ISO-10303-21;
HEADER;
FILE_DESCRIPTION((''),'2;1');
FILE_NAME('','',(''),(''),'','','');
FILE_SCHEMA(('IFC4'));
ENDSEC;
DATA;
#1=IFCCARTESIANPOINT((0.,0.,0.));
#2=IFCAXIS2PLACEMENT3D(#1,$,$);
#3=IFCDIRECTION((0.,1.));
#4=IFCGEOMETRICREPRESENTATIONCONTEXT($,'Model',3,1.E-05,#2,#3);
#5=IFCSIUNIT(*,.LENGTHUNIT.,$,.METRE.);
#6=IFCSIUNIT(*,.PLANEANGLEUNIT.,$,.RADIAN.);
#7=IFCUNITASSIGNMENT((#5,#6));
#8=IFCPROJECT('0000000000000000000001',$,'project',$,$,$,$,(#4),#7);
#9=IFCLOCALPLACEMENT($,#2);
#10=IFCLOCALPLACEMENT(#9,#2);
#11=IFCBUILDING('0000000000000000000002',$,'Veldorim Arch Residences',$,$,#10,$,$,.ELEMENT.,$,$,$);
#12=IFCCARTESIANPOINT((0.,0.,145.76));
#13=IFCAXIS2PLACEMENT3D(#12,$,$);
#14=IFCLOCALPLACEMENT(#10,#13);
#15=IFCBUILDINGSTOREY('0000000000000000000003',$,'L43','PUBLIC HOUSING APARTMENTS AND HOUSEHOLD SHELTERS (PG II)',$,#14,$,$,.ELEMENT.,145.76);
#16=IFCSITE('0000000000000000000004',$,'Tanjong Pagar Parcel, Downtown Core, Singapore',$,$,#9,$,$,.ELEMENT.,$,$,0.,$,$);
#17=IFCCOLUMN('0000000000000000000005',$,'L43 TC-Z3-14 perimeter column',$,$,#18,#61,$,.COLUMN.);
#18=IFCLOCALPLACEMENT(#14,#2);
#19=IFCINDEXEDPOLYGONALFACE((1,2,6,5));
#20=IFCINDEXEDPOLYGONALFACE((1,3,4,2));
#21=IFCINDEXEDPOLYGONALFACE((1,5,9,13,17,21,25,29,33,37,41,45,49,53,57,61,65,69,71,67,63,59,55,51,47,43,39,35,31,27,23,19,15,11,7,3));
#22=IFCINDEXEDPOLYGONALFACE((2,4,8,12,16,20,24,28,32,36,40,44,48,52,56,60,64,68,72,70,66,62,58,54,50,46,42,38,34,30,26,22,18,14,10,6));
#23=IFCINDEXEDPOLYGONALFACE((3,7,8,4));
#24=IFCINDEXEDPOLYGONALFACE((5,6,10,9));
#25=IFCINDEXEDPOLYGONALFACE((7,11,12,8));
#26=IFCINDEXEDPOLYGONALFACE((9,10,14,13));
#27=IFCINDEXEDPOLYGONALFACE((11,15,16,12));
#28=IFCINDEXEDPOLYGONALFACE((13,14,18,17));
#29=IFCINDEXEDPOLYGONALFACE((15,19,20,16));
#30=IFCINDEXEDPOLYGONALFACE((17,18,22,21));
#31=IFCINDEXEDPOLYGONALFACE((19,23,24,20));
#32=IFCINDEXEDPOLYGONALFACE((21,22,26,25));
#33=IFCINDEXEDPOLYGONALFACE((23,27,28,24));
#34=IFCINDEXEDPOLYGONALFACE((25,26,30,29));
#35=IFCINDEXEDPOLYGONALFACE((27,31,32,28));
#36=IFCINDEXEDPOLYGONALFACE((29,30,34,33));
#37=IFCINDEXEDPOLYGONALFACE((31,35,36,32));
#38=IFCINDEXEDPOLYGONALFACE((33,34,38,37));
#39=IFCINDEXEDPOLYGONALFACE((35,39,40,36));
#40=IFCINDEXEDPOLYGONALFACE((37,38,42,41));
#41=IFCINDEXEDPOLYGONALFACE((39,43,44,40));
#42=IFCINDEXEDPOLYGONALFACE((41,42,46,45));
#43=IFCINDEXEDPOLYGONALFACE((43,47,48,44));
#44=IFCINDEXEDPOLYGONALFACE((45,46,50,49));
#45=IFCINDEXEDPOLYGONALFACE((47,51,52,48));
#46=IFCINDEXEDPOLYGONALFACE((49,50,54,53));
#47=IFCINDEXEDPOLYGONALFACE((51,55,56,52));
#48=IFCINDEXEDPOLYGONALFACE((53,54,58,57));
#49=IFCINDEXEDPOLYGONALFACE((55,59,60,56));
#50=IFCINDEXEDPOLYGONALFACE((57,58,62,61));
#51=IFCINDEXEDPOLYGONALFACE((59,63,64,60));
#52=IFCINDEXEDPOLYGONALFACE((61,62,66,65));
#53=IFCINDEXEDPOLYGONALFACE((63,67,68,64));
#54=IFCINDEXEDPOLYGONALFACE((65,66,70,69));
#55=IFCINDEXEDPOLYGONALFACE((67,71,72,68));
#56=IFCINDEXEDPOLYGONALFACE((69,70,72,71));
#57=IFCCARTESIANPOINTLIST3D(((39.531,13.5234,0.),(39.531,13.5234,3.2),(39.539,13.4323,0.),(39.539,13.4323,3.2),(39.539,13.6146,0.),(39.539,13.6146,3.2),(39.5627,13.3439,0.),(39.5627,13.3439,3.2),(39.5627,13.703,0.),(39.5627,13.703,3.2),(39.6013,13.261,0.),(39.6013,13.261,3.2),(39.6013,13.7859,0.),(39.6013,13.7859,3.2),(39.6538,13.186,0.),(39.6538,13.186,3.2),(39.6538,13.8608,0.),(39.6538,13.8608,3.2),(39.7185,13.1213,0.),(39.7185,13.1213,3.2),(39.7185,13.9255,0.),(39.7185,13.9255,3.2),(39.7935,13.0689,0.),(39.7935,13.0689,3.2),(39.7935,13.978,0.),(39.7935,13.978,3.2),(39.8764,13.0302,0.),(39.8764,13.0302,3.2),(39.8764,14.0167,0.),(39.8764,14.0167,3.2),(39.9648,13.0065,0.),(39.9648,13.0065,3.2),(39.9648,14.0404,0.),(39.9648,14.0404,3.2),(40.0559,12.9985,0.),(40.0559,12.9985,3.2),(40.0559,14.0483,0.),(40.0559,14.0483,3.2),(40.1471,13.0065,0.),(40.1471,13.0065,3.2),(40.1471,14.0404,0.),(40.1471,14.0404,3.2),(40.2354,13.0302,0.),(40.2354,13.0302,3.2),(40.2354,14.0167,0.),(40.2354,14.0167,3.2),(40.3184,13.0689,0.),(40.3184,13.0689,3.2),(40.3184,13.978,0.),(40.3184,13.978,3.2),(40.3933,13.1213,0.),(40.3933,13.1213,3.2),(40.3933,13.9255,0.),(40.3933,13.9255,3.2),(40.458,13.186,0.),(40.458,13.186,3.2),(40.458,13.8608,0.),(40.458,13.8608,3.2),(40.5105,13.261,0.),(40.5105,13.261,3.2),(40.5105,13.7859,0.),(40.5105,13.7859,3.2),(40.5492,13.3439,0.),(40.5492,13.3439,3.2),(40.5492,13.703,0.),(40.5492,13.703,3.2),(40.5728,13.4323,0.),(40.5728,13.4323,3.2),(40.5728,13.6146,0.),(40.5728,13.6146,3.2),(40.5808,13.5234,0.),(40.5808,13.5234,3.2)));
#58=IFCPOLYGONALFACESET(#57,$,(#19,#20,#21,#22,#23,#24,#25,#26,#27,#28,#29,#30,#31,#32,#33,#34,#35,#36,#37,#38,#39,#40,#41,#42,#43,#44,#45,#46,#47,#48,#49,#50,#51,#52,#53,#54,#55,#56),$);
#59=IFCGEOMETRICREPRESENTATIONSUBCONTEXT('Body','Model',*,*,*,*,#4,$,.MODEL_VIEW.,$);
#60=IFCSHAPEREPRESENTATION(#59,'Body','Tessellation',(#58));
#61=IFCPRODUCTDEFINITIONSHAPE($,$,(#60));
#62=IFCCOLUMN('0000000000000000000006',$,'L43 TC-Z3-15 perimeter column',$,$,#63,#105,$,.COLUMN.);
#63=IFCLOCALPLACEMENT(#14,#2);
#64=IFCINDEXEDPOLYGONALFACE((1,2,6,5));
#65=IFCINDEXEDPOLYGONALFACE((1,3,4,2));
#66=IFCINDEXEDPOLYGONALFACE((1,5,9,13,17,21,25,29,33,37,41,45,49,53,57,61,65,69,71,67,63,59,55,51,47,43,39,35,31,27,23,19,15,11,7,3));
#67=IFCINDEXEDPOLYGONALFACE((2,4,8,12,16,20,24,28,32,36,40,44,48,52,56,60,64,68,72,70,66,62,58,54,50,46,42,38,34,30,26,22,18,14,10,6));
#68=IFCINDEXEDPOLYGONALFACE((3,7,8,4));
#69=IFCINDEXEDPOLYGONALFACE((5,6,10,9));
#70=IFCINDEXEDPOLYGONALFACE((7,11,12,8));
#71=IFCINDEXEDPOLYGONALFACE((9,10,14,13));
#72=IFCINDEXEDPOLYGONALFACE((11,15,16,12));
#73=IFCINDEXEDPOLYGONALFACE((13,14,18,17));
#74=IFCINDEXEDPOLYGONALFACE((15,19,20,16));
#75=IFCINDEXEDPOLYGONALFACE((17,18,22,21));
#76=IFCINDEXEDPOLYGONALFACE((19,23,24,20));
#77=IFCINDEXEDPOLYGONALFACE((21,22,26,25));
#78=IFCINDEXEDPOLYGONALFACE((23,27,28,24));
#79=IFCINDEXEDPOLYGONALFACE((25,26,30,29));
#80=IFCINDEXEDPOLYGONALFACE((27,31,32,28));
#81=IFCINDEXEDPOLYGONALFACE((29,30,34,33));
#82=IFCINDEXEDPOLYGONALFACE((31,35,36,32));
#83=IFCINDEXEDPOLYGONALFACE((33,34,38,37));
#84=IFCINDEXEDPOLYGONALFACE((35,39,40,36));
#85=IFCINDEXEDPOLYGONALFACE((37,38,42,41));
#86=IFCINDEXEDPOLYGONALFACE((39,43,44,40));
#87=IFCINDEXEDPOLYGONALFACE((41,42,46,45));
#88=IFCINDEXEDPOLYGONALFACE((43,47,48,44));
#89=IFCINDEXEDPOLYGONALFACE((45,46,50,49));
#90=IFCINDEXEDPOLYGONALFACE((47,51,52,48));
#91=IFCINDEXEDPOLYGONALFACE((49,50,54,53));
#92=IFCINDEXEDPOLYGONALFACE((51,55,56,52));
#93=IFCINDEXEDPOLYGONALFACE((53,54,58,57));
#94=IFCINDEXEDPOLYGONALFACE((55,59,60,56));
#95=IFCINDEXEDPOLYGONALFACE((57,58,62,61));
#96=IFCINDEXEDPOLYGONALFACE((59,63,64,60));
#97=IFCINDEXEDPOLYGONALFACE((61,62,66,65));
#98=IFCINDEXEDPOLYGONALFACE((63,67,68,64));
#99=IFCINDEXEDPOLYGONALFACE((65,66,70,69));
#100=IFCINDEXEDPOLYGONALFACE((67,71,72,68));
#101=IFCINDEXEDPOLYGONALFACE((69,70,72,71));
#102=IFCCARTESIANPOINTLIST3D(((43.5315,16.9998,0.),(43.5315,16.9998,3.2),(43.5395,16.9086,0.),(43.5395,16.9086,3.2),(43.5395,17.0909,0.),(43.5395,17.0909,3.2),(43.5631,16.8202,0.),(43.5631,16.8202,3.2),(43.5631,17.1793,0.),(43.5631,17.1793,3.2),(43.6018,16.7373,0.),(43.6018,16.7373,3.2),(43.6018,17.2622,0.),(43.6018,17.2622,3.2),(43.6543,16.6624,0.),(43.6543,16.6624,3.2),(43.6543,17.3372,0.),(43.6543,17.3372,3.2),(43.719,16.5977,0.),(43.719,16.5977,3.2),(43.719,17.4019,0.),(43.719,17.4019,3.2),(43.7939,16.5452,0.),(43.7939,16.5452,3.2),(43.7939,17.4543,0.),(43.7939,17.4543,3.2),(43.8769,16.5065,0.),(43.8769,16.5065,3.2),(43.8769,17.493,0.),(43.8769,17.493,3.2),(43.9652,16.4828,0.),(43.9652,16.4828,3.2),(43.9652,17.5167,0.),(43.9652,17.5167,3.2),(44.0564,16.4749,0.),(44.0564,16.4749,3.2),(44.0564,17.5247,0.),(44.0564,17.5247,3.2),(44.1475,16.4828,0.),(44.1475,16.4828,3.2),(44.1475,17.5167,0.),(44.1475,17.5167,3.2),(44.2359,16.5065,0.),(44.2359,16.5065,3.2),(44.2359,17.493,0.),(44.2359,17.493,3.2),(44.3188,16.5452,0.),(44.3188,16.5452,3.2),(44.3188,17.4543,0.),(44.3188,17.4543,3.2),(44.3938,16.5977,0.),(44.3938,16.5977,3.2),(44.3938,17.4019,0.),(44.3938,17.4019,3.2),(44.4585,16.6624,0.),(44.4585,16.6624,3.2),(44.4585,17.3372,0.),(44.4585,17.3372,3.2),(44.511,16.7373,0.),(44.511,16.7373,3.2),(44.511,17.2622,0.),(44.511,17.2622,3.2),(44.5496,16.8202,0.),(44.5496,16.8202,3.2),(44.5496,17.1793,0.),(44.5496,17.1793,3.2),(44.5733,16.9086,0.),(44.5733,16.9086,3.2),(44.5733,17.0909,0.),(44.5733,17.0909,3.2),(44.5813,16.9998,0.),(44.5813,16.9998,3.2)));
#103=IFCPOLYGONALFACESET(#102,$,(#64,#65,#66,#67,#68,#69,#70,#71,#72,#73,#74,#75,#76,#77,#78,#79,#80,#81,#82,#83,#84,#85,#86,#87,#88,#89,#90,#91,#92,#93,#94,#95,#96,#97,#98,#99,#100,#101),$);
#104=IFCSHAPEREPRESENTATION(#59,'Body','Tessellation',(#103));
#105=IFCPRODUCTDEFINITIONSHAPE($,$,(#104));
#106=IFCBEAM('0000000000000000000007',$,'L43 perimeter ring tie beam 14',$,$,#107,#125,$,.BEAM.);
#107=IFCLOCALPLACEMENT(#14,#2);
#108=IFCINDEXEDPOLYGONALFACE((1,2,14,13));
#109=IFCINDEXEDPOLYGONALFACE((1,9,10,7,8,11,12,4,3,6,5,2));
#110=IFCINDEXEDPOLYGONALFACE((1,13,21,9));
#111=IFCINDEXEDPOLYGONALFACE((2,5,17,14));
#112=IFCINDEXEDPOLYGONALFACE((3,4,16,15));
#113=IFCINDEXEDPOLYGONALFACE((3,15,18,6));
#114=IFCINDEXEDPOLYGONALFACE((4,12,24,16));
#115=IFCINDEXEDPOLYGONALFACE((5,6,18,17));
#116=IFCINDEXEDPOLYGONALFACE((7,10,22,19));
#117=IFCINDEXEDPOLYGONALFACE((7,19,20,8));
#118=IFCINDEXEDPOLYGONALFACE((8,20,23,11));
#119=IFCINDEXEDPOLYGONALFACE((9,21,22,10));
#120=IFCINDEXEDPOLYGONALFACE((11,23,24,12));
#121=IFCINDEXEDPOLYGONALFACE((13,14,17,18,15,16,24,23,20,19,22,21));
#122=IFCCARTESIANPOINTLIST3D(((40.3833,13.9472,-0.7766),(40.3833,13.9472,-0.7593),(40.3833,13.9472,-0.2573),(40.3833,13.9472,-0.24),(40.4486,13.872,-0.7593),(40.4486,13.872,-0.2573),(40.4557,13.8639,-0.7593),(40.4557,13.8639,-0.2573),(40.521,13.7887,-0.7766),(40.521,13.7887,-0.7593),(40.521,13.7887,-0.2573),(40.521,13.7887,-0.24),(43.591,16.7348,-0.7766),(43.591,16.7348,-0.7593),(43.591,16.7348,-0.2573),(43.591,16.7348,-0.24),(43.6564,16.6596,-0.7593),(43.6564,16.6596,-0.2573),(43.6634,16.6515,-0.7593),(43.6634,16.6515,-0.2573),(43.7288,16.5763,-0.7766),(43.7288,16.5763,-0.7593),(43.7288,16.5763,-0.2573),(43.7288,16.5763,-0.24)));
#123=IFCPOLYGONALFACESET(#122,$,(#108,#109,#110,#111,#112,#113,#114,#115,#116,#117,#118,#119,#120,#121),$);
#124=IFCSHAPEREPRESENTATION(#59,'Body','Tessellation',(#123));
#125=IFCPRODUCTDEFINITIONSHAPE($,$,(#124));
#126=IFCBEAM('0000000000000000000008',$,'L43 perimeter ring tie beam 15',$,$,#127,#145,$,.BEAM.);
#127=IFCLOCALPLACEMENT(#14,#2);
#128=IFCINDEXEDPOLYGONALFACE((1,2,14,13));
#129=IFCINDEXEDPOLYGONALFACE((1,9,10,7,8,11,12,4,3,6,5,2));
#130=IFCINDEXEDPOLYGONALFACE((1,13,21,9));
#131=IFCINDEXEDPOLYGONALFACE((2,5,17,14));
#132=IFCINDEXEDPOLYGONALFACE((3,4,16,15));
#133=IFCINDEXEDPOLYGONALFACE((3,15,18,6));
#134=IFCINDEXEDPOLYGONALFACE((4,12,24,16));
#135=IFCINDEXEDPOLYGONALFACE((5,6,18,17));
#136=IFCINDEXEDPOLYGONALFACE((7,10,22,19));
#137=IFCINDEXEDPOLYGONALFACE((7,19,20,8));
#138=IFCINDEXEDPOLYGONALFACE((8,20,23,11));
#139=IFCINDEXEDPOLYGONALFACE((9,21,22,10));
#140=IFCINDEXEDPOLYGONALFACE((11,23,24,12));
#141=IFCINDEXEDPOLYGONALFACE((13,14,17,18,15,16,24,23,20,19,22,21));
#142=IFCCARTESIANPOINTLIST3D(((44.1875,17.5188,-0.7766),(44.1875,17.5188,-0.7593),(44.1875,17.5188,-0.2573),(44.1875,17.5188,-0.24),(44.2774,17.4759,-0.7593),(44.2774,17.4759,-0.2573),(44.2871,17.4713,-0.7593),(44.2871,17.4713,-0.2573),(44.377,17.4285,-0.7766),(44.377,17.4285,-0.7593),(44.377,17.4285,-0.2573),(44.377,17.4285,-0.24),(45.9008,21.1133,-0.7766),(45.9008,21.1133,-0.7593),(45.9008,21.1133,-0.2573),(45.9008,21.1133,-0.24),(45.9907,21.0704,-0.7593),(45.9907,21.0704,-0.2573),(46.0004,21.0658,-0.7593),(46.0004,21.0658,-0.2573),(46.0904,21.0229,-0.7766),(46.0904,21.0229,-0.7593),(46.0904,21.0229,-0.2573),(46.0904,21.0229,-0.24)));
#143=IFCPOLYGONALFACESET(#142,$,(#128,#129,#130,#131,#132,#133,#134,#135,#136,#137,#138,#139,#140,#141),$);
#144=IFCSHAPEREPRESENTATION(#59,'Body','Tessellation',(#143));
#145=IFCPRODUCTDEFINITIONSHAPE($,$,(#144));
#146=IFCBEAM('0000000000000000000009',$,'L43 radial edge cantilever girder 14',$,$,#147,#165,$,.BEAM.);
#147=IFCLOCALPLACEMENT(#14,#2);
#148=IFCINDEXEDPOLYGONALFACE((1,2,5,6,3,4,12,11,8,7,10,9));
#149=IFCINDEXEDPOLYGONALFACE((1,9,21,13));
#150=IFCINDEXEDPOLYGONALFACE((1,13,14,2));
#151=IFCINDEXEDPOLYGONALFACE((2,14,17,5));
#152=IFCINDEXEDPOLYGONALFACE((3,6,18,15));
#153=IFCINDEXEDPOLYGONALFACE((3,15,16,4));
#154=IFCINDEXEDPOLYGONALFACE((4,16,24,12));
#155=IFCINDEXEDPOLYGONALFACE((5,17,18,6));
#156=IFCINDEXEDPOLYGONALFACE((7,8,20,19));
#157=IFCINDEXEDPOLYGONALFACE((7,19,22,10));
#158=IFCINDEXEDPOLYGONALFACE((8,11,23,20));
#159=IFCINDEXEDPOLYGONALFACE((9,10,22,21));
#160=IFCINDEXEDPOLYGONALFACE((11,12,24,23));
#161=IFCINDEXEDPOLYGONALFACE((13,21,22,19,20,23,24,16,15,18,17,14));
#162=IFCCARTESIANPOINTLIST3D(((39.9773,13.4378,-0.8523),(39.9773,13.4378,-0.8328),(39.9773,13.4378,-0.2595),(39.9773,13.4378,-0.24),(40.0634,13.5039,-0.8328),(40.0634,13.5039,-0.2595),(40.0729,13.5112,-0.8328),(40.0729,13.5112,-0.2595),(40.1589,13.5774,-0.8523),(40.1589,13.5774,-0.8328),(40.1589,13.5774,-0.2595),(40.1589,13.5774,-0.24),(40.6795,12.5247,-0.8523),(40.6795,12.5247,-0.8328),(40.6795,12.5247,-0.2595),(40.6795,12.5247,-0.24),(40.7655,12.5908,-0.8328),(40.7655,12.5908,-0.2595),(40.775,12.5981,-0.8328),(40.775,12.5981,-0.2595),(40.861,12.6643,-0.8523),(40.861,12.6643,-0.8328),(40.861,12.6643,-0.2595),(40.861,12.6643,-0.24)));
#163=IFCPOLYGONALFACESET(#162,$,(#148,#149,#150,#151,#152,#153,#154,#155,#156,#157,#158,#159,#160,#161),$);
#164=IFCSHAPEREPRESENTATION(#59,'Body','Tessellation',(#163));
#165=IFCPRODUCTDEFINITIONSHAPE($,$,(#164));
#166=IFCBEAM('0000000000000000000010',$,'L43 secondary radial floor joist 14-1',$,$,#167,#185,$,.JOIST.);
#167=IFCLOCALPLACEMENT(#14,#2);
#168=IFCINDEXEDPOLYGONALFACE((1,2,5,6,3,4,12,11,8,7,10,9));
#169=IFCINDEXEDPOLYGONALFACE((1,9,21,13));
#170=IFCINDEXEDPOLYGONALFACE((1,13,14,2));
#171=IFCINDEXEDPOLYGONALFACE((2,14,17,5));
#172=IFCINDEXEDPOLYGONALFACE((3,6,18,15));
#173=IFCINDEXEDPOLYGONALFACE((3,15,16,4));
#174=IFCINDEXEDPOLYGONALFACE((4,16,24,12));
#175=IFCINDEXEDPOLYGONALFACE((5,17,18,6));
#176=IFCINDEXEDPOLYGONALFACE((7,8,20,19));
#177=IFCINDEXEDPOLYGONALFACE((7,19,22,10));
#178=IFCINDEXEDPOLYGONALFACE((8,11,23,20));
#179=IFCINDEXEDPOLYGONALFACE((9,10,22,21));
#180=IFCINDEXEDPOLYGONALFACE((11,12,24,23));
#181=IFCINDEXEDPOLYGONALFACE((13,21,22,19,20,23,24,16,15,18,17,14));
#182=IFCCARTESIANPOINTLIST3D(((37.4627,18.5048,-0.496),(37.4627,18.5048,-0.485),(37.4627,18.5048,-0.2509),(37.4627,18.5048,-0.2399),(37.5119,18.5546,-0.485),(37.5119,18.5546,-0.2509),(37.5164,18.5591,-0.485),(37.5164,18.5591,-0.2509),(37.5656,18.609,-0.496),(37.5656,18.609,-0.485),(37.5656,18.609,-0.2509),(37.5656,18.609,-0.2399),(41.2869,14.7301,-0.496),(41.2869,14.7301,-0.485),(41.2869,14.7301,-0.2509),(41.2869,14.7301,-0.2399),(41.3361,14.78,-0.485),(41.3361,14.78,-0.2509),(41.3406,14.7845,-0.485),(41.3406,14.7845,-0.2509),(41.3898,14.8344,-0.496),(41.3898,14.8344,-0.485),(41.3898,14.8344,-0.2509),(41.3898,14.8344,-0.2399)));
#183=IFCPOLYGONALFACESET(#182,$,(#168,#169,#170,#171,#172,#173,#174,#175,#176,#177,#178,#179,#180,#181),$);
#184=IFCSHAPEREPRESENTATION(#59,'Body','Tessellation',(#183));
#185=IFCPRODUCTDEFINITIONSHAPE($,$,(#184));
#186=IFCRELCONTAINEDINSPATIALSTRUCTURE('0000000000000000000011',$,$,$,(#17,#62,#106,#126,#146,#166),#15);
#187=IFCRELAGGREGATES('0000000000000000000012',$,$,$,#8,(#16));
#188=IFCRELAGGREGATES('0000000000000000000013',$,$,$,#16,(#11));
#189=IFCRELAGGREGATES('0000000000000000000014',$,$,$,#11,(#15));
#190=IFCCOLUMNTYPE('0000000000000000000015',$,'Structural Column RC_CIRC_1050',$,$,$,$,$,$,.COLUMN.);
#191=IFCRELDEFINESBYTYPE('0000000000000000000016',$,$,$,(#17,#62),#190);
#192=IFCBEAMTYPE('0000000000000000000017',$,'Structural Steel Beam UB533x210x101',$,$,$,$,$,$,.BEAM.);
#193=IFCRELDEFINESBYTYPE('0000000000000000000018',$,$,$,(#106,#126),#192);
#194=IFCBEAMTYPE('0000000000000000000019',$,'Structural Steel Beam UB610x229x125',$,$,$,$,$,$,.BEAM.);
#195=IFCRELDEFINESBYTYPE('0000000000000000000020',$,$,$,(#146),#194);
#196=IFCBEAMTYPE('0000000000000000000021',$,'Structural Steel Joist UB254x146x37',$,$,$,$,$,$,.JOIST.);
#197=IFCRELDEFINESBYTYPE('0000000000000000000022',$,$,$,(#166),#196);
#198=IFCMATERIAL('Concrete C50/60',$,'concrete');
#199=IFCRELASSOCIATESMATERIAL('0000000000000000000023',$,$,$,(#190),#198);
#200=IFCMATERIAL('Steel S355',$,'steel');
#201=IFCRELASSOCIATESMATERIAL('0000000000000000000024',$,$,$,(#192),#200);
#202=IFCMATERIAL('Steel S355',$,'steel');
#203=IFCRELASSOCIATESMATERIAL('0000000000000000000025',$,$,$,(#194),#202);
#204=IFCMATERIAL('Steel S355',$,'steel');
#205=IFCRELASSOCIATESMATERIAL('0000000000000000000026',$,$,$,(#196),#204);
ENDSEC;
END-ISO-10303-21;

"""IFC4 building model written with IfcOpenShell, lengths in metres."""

from ifc_helpers import new_model, si_unit, direction, frame, origin, origin_2d, place, context, subcontext, project, spatial, circle, i_section, extrude, material, material_profile, profile_set, type_object, element, save


model = new_model("IFC4")

# Units and contexts
model_context = context("Model", 3, precision=1e-05, world=origin(), true_north=direction((0.0, 1.0)))
body_context = subcontext(model_context, "Body", "Model", "MODEL_VIEW")
ifc_project = project(units=[si_unit("LENGTHUNIT", "METRE"), si_unit("PLANEANGLEUNIT", "RADIAN")], contexts=[model_context])

# Site, building, storey
site_placement = place(None, origin())
site = spatial("IfcSite", under=ifc_project, at=site_placement, Name="Tanjong Pagar Parcel, Downtown Core, Singapore", CompositionType="ELEMENT", RefElevation=0.0)
building_placement = place(site_placement, origin())
building = spatial("IfcBuilding", under=site, at=building_placement, Name="Veldorim Arch Residences", CompositionType="ELEMENT")
storey_placement = place(building_placement, frame((0.0, 0.0, 145.76)))
storey = spatial("IfcBuildingStorey", under=building, at=storey_placement, Name="L43", Description="PUBLIC HOUSING APARTMENTS AND HOUSEHOLD SHELTERS (PG II)", CompositionType="ELEMENT", Elevation=145.76)

# Columns
ifc_material_1 = material(Name="Concrete C50/60", Category="concrete")
ifc_material_profile_1 = material_profile(ifc_material_1, circle(Radius=0.5249, at=origin_2d()), Name="RC_CIRC_1050")
ifc_profile_set_1 = profile_set([ifc_material_profile_1], Name="Concrete C50/60")
column_type = type_object("IfcColumnType", Name="Structural Column RC_CIRC_1050", PredefinedType="COLUMN", material=ifc_profile_set_1)
for number, where, z_axis, x_axis, name in (
    (1, (40.0559, 13.5234, 0.0), (0.0, 0.0, 1.0), (1.0, 0.0, 0.0), "L43 TC-Z3-14 perimeter column"),
    (2, (44.0564, 16.9998, 0.0), (0.0, 0.0, 1.0), (1.0, 0.0, 0.0), "L43 TC-Z3-15 perimeter column"),
):
    element("IfcColumn", number, at=place(storey_placement, frame(where, z_axis=z_axis, x_axis=x_axis)), inside=storey, type_object=column_type, Name=name, PredefinedType="COLUMN", context=body_context, shape_type="SweptSolid", body=[
        extrude(circle(Radius=0.5249, at=origin_2d()), origin(), (0.0, 0.0, 1.0), 3.2),
    ])

# Beams
ifc_material_2 = material(Name="Steel S355", Category="steel")
ifc_material_profile_2 = material_profile(ifc_material_2, i_section(OverallWidth=0.21, OverallDepth=0.5366, WebThickness=0.0107, FlangeThickness=0.0173, at=origin_2d()), Name="UB533x210x101")
ifc_profile_set_2 = profile_set([ifc_material_profile_2], Name="Steel S355")
beam_type_1 = type_object("IfcBeamType", Name="Structural Steel Beam UB533x210x101", PredefinedType="BEAM", material=ifc_profile_set_2)
beam_1_placement = place(storey_placement, frame((40.4521, 13.8679, -0.5083), z_axis=(0.754811, 0.655943, 0.0), x_axis=(-0.655943, 0.754811, 0.0)))
element("IfcBeam", 3, at=beam_1_placement, inside=storey, type_object=beam_type_1, Name="L43 perimeter ring tie beam 14", PredefinedType="BEAM", context=body_context, shape_type="SweptSolid", body=[
    extrude(i_section(OverallWidth=0.21, OverallDepth=0.5366, WebThickness=0.0107, FlangeThickness=0.0173, at=origin_2d()), origin(), (0.0, 0.0, 1.0), 4.2498),
])
beam_2_placement = place(storey_placement, frame((44.2822, 17.4736, -0.5083), z_axis=(0.430286, 0.902693, 0.0), x_axis=(-0.902693, 0.430286, 0.0)))
element("IfcBeam", 4, at=beam_2_placement, inside=storey, type_object=beam_type_1, Name="L43 perimeter ring tie beam 15", PredefinedType="BEAM", context=body_context, shape_type="SweptSolid", body=[
    extrude(i_section(OverallWidth=0.21, OverallDepth=0.5366, WebThickness=0.0107, FlangeThickness=0.0173, at=origin_2d()), origin(), (0.0, 0.0, 1.0), 3.9819),
])
ifc_material_3 = material(Name="Steel S355", Category="steel")
ifc_material_profile_3 = material_profile(ifc_material_3, i_section(OverallWidth=0.229, OverallDepth=0.6123, WebThickness=0.012, FlangeThickness=0.0195, at=origin_2d()), Name="UB610x229x125")
ifc_profile_set_3 = profile_set([ifc_material_profile_3], Name="Steel S355")
beam_type_2 = type_object("IfcBeamType", Name="Structural Steel Beam UB610x229x125", PredefinedType="BEAM", material=ifc_profile_set_3)
beam_3_placement = place(storey_placement, frame((40.0681, 13.5076, -0.5461), z_axis=(0.609588, -0.792719, 0.0), x_axis=(0.792719, 0.609588, 0.0)))
element("IfcBeam", 5, at=beam_3_placement, inside=storey, type_object=beam_type_2, Name="L43 radial edge cantilever girder 14", PredefinedType="BEAM", context=body_context, shape_type="SweptSolid", body=[
    extrude(i_section(OverallWidth=0.229, OverallDepth=0.6123, WebThickness=0.012, FlangeThickness=0.0195, at=origin_2d()), origin(), (0.0, 0.0, 1.0), 1.1519),
])
ifc_material_4 = material(Name="Steel S355", Category="steel")
ifc_material_profile_4 = material_profile(ifc_material_4, i_section(OverallWidth=0.1465, OverallDepth=0.2561, WebThickness=0.0063, FlangeThickness=0.011, at=origin_2d()), Name="UB254x146x37")
ifc_profile_set_4 = profile_set([ifc_material_profile_4], Name="Steel S355")
beam_type_3 = type_object("IfcBeamType", Name="Structural Steel Joist UB254x146x37", PredefinedType="JOIST", material=ifc_profile_set_4)
beam_4_placement = place(storey_placement, frame((37.5142, 18.5569, -0.3679), z_axis=(0.711703, -0.70248, 0.0), x_axis=(0.70248, 0.711703, 0.0)))
element("IfcBeam", 6, at=beam_4_placement, inside=storey, type_object=beam_type_3, Name="L43 secondary radial floor joist 14-1", PredefinedType="JOIST", context=body_context, shape_type="SweptSolid", body=[
    extrude(i_section(OverallWidth=0.1465, OverallDepth=0.2561, WebThickness=0.0063, FlangeThickness=0.011, at=origin_2d()), origin(), (0.0, 0.0, 1.0), 5.3733),
])

save(model, "model.ifc")
